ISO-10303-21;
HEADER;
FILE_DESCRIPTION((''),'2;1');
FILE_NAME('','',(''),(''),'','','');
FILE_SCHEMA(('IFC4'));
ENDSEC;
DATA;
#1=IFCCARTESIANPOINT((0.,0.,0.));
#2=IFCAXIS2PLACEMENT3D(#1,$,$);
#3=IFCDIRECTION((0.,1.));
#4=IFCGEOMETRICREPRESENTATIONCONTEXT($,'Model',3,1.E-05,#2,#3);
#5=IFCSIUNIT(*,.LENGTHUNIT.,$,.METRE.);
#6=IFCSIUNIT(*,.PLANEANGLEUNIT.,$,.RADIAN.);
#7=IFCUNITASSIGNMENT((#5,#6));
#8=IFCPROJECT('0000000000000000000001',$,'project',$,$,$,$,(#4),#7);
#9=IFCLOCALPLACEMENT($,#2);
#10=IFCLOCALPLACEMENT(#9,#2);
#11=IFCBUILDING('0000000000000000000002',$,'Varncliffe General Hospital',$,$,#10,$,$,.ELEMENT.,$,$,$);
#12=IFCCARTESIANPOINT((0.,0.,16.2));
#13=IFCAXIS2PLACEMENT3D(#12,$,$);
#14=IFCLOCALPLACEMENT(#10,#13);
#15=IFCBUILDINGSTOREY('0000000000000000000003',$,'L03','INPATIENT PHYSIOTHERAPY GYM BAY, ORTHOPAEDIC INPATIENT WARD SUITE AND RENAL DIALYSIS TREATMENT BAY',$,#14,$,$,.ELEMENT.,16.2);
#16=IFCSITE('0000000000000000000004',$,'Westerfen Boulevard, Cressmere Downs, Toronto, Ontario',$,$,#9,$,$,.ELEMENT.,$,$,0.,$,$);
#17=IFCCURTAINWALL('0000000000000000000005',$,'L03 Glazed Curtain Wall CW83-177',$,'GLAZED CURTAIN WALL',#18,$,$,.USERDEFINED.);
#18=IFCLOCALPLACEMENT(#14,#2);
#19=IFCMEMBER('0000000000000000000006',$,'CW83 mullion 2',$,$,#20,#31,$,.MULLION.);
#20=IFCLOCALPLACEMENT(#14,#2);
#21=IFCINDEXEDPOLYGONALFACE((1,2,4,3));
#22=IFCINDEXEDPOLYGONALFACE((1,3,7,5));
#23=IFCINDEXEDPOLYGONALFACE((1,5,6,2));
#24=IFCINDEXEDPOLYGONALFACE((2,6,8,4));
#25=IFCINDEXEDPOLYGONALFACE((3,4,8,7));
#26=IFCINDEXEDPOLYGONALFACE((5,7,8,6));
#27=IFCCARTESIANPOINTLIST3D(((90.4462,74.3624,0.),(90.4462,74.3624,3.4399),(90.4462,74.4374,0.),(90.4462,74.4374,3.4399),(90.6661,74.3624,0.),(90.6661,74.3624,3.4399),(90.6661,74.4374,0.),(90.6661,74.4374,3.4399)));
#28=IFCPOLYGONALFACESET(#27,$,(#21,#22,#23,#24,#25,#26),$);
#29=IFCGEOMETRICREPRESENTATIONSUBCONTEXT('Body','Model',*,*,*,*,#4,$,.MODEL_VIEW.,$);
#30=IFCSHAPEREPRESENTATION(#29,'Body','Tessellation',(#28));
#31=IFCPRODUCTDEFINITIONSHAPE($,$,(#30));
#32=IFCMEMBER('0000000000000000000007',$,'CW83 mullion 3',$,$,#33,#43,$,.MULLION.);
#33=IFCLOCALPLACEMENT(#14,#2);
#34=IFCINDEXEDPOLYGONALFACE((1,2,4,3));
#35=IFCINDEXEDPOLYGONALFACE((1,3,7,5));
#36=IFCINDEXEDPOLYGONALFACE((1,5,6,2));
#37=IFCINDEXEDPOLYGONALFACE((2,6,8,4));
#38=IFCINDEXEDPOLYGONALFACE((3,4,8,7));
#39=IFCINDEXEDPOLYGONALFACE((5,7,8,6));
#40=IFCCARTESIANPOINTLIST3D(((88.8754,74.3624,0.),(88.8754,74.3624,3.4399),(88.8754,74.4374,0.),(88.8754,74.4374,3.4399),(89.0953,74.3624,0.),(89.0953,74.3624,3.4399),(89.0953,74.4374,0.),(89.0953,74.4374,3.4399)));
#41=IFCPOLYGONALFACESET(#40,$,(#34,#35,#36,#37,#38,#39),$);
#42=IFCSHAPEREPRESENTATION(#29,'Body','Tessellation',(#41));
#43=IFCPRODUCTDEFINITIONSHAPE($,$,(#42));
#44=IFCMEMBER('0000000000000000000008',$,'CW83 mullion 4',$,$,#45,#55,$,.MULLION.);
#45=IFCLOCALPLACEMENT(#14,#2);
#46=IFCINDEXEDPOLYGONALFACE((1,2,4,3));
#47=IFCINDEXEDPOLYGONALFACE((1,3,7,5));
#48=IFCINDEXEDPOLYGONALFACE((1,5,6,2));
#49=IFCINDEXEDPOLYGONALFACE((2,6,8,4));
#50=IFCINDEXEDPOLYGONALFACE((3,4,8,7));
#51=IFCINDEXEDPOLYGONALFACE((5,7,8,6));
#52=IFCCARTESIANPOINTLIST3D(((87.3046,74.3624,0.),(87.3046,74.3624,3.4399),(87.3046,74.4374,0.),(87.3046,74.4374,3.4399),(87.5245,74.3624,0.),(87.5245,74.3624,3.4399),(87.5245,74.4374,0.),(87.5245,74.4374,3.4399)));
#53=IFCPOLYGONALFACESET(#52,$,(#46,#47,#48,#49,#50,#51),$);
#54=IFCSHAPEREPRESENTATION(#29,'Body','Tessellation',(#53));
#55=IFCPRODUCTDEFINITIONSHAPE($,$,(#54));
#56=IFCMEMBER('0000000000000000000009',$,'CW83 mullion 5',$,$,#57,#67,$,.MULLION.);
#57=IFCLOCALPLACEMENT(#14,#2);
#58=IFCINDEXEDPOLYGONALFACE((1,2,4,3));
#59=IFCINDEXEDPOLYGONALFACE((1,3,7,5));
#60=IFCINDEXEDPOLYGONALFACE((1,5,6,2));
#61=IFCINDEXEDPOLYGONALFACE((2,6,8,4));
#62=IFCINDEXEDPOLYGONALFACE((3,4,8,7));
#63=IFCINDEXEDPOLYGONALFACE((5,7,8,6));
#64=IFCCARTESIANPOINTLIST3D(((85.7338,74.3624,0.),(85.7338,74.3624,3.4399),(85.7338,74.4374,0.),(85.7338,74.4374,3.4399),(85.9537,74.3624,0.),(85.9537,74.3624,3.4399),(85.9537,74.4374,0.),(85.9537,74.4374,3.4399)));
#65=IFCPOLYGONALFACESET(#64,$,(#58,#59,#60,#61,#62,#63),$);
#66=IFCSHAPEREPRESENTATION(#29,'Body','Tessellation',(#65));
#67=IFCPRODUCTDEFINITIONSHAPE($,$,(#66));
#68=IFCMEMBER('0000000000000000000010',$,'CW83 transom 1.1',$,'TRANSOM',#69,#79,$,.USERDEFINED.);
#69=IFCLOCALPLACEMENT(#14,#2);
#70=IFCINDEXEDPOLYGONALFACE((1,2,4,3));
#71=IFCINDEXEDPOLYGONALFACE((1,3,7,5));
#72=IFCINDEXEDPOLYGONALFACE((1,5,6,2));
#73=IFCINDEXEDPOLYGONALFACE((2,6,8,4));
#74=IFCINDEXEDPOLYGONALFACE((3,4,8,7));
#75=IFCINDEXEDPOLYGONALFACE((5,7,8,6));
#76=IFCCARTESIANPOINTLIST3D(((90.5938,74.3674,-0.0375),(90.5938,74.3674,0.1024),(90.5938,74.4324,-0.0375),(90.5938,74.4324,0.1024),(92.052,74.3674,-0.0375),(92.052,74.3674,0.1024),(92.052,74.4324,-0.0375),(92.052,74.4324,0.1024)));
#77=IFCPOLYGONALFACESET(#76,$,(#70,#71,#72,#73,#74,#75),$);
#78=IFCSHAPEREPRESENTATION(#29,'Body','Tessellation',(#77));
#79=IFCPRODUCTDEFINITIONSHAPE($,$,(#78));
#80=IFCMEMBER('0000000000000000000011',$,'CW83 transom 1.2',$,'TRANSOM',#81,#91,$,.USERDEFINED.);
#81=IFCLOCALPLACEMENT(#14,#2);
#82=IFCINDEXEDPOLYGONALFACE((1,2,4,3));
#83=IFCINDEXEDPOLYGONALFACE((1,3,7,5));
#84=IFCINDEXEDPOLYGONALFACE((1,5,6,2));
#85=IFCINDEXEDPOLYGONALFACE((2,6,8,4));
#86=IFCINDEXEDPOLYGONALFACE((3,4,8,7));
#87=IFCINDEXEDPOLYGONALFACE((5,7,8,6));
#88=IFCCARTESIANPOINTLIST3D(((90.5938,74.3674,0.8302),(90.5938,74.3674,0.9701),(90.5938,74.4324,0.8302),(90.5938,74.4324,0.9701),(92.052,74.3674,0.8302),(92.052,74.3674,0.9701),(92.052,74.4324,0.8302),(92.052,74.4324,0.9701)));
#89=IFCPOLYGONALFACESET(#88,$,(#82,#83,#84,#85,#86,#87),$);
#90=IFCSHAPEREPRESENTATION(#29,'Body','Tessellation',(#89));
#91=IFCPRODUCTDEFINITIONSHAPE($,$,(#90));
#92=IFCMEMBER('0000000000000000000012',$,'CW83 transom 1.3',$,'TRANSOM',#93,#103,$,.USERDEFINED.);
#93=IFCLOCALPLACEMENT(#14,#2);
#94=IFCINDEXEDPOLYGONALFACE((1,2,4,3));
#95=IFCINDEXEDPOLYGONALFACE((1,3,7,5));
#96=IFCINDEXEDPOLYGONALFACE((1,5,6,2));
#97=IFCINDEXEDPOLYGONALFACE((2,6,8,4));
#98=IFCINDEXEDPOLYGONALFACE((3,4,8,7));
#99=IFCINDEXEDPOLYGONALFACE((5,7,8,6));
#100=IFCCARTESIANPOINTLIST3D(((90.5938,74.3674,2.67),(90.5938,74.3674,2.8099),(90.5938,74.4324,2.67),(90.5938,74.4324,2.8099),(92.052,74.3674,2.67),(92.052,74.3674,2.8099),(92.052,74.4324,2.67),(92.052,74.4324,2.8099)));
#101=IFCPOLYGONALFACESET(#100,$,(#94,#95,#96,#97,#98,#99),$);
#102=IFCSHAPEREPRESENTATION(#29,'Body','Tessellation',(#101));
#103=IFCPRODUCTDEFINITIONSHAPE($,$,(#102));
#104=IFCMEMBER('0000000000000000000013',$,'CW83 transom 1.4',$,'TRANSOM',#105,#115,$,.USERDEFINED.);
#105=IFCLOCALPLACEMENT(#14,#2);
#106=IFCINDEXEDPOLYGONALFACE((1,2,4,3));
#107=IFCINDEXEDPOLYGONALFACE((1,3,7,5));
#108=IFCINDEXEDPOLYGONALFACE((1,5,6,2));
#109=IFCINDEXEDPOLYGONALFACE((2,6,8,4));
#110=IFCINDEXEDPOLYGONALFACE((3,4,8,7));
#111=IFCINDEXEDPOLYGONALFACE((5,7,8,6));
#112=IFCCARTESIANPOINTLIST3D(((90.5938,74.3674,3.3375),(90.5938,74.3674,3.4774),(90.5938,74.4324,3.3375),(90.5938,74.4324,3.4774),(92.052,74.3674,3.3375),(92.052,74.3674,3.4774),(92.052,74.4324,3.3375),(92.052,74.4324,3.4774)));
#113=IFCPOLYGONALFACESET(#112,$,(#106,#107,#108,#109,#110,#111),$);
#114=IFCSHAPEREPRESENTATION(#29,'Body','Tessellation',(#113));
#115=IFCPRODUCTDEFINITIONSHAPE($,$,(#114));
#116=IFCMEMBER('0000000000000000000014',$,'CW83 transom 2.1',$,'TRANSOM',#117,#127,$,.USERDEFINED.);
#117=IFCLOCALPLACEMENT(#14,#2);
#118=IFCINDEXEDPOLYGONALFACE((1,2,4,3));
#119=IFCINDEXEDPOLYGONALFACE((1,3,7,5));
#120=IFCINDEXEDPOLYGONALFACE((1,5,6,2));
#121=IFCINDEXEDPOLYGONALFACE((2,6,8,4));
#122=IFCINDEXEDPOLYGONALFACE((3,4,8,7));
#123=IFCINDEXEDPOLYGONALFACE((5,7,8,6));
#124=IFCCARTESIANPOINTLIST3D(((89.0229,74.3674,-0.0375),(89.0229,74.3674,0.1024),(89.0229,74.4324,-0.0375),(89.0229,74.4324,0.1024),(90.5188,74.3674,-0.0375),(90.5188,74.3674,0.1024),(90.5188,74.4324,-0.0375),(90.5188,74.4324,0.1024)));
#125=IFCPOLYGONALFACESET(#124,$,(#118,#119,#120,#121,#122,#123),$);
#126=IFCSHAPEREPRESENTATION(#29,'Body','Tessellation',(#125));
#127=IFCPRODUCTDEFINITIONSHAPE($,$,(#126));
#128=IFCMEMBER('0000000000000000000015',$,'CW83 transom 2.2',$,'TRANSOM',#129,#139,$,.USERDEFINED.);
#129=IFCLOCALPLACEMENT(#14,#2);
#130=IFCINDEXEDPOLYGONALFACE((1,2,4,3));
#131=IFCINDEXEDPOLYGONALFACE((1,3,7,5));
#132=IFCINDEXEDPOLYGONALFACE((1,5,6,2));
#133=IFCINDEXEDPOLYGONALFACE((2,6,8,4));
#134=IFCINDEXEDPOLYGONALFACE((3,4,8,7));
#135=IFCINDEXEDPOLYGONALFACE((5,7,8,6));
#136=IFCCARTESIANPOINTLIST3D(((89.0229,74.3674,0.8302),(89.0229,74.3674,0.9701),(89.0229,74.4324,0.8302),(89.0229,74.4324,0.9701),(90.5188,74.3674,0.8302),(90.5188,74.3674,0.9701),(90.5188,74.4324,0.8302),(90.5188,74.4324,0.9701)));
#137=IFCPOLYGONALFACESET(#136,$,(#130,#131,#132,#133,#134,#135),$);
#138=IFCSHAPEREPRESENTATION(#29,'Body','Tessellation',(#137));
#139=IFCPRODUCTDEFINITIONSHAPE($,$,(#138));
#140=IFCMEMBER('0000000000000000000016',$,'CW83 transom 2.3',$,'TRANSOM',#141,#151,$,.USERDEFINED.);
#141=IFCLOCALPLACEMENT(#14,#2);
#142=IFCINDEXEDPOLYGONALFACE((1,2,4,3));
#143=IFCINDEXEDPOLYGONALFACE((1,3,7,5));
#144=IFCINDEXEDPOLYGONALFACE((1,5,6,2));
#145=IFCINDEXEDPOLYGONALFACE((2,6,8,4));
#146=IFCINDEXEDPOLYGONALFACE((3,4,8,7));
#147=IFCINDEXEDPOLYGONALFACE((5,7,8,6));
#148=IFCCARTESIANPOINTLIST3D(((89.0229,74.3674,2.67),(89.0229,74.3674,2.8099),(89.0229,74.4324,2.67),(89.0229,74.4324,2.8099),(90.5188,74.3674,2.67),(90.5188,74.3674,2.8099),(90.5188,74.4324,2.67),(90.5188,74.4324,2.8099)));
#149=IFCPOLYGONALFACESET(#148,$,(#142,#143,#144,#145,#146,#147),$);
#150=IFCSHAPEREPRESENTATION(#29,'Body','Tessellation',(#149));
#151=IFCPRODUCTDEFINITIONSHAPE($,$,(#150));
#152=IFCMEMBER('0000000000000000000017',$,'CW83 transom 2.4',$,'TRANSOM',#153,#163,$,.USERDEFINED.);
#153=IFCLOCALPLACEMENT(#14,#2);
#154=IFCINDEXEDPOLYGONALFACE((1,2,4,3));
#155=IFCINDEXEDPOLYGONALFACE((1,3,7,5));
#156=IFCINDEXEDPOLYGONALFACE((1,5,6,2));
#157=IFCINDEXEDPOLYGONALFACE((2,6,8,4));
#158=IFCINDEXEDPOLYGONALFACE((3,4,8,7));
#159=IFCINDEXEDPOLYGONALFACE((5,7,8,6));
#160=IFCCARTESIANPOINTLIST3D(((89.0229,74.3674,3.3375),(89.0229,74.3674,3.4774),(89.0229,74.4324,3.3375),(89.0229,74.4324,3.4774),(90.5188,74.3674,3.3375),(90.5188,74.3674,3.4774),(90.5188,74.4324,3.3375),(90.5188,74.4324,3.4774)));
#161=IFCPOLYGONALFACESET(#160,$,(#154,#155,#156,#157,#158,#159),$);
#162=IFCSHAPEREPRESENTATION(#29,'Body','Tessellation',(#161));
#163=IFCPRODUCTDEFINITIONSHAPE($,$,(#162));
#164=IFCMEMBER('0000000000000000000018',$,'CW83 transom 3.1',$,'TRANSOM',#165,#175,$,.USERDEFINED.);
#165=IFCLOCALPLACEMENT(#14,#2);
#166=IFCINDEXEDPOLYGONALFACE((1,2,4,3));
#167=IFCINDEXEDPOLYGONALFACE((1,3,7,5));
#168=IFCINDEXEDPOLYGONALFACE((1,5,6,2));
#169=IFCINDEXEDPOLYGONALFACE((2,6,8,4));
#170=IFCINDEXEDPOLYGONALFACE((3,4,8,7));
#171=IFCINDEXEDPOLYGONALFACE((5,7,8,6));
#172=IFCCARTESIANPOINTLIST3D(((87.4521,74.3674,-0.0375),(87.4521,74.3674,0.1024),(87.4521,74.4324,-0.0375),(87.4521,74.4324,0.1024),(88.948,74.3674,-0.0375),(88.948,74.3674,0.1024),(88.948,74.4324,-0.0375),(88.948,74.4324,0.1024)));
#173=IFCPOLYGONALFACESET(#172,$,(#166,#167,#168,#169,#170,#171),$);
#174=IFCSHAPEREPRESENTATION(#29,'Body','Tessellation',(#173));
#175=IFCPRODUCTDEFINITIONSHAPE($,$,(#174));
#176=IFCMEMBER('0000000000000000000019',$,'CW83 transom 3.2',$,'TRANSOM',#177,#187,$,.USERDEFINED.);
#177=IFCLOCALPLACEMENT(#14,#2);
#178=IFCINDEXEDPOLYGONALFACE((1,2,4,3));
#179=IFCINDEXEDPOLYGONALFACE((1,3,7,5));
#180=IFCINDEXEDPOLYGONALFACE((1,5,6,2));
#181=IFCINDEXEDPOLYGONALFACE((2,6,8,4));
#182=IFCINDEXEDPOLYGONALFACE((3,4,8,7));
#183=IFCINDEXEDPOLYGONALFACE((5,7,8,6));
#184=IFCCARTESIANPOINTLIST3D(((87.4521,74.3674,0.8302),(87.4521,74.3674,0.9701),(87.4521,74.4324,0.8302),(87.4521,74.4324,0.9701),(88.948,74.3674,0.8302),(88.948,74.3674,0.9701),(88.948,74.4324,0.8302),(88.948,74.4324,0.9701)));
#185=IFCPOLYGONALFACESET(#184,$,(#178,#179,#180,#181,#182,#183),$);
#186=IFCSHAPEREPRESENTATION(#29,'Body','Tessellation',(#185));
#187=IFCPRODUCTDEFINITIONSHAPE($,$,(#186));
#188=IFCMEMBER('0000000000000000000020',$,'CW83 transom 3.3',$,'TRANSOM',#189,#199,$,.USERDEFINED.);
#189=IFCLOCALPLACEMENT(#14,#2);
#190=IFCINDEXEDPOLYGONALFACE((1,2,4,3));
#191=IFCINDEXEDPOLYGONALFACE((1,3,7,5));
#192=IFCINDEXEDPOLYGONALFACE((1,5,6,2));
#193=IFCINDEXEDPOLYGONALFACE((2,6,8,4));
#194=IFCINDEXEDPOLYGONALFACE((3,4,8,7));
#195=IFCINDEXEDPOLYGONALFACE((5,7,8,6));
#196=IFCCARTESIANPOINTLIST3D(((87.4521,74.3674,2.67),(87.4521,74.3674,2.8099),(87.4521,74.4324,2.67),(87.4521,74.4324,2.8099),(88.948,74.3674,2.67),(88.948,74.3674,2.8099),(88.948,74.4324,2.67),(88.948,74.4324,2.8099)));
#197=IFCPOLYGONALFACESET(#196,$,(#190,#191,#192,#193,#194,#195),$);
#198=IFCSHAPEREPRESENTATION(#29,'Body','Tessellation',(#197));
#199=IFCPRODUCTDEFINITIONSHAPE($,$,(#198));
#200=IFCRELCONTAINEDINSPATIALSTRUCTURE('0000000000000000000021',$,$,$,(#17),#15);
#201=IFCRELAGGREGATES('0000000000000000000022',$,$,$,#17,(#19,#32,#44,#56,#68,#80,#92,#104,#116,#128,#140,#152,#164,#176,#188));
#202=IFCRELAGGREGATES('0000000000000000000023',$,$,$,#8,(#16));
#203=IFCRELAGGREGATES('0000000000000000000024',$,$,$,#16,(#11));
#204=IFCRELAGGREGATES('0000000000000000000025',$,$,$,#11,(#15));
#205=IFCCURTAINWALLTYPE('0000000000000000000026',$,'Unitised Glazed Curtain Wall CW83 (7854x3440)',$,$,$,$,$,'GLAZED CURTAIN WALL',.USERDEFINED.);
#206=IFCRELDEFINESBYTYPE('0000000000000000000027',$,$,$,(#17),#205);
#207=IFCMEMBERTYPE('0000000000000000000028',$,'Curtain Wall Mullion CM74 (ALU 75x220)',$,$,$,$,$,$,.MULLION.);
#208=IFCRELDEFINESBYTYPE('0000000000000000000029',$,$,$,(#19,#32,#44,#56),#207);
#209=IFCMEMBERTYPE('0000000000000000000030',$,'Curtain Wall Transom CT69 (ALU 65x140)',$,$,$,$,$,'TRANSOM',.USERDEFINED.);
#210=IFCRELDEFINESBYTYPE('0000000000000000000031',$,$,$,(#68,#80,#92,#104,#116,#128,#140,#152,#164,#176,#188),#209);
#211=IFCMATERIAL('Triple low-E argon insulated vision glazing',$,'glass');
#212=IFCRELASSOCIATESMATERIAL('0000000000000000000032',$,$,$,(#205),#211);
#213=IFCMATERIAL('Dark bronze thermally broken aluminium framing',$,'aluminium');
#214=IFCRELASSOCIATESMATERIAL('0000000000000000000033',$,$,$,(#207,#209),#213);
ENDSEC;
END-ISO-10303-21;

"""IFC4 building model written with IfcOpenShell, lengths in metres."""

from ifc_helpers import new_model, si_unit, direction, frame, origin, origin_2d, place, context, subcontext, project, spatial, rectangle, extrude, material, material_profile, profile_set, type_object, element, aggregate, save


model = new_model("IFC4")

# Units and contexts
model_context = context("Model", 3, precision=1e-05, world=origin(), true_north=direction((0.0, 1.0)))
body_context = subcontext(model_context, "Body", "Model", "MODEL_VIEW")
ifc_project = project(units=[si_unit("LENGTHUNIT", "METRE"), si_unit("PLANEANGLEUNIT", "RADIAN")], contexts=[model_context])

# Site, building, storey
site_placement = place(None, origin())
site = spatial("IfcSite", under=ifc_project, at=site_placement, Name="Westerfen Boulevard, Cressmere Downs, Toronto, Ontario", CompositionType="ELEMENT", RefElevation=0.0)
building_placement = place(site_placement, origin())
building = spatial("IfcBuilding", under=site, at=building_placement, Name="Varncliffe General Hospital", CompositionType="ELEMENT")
storey_placement = place(building_placement, frame((0.0, 0.0, 16.2)))
storey = spatial("IfcBuildingStorey", under=building, at=storey_placement, Name="L03", Description="INPATIENT PHYSIOTHERAPY GYM BAY, ORTHOPAEDIC INPATIENT WARD SUITE AND RENAL DIALYSIS TREATMENT BAY", CompositionType="ELEMENT", Elevation=16.2)

# Curtain wall, members
ifc_material_1 = material(Name="Triple low-E argon insulated vision glazing", Category="glass")
curtain_wall_type = type_object("IfcCurtainWallType", Name="Unitised Glazed Curtain Wall CW83 (7854x3440)", ElementType="GLAZED CURTAIN WALL", PredefinedType="USERDEFINED", material=ifc_material_1)
curtain_wall_placement = place(storey_placement, origin())
curtain_wall = element("IfcCurtainWall", 1, at=curtain_wall_placement, inside=storey, type_object=curtain_wall_type, Name="L03 Glazed Curtain Wall CW83-177", ObjectType="GLAZED CURTAIN WALL", PredefinedType="USERDEFINED")
ifc_material_2 = material(Name="Dark bronze thermally broken aluminium framing", Category="aluminium")
ifc_material_profile_1 = material_profile(ifc_material_2, rectangle(XDim=0.075, YDim=0.22, at=origin_2d()), Name="ALU 75x220")
ifc_profile_set_1 = profile_set([ifc_material_profile_1], Name="Dark bronze thermally broken aluminium framing")
member_type_1 = type_object("IfcMemberType", Name="Curtain Wall Mullion CM74 (ALU 75x220)", PredefinedType="MULLION", material=ifc_profile_set_1)
member_1_placement = place(storey_placement, frame((90.5562, 74.3999, 0.0), z_axis=(0.0, 0.0, 1.0), x_axis=(0.0, -1.0, 0.0)))
member_1 = element("IfcMember", 2, at=member_1_placement, type_object=member_type_1, Name="CW83 mullion 2", PredefinedType="MULLION", context=body_context, shape_type="SweptSolid", body=[
    extrude(rectangle(XDim=0.075, YDim=0.22, at=origin_2d()), origin(), (0.0, 0.0, 1.0), 3.4399),
])
member_2_placement = place(storey_placement, frame((88.9854, 74.3999, 0.0), z_axis=(0.0, 0.0, 1.0), x_axis=(0.0, -1.0, 0.0)))
member_2 = element("IfcMember", 3, at=member_2_placement, type_object=member_type_1, Name="CW83 mullion 3", PredefinedType="MULLION", context=body_context, shape_type="SweptSolid", body=[
    extrude(rectangle(XDim=0.075, YDim=0.22, at=origin_2d()), origin(), (0.0, 0.0, 1.0), 3.4399),
])
member_3_placement = place(storey_placement, frame((87.4146, 74.3999, 0.0), z_axis=(0.0, 0.0, 1.0), x_axis=(0.0, -1.0, 0.0)))
member_3 = element("IfcMember", 4, at=member_3_placement, type_object=member_type_1, Name="CW83 mullion 4", PredefinedType="MULLION", context=body_context, shape_type="SweptSolid", body=[
    extrude(rectangle(XDim=0.075, YDim=0.22, at=origin_2d()), origin(), (0.0, 0.0, 1.0), 3.4399),
])
member_4_placement = place(storey_placement, frame((85.8438, 74.3999, 0.0), z_axis=(0.0, 0.0, 1.0), x_axis=(0.0, -1.0, 0.0)))
member_4 = element("IfcMember", 5, at=member_4_placement, type_object=member_type_1, Name="CW83 mullion 5", PredefinedType="MULLION", context=body_context, shape_type="SweptSolid", body=[
    extrude(rectangle(XDim=0.075, YDim=0.22, at=origin_2d()), origin(), (0.0, 0.0, 1.0), 3.4399),
])
ifc_material_profile_2 = material_profile(ifc_material_2, rectangle(XDim=0.0649, YDim=0.1399, at=origin_2d()), Name="ALU 65x140")
ifc_profile_set_2 = profile_set([ifc_material_profile_2], Name="Dark bronze thermally broken aluminium framing")
member_type_2 = type_object("IfcMemberType", Name="Curtain Wall Transom CT69 (ALU 65x140)", ElementType="TRANSOM", PredefinedType="USERDEFINED", material=ifc_profile_set_2)
member_5_placement = place(storey_placement, frame((92.052, 74.3999, 0.0325), z_axis=(-1.0, 0.0, 0.0), x_axis=(0.0, -1.0, 0.0)))
member_5 = element("IfcMember", 6, at=member_5_placement, type_object=member_type_2, Name="CW83 transom 1.1", ObjectType="TRANSOM", PredefinedType="USERDEFINED", context=body_context, shape_type="SweptSolid", body=[
    extrude(rectangle(XDim=0.0649, YDim=0.1399, at=origin_2d()), origin(), (0.0, 0.0, 1.0), 1.4583),
])
member_6_placement = place(storey_placement, frame((92.052, 74.3999, 0.9001), z_axis=(-1.0, 0.0, 0.0), x_axis=(0.0, -1.0, 0.0)))
member_6 = element("IfcMember", 7, at=member_6_placement, type_object=member_type_2, Name="CW83 transom 1.2", ObjectType="TRANSOM", PredefinedType="USERDEFINED", context=body_context, shape_type="SweptSolid", body=[
    extrude(rectangle(XDim=0.0649, YDim=0.1399, at=origin_2d()), origin(), (0.0, 0.0, 1.0), 1.4583),
])
member_7_placement = place(storey_placement, frame((92.052, 74.3999, 2.74), z_axis=(-1.0, 0.0, 0.0), x_axis=(0.0, -1.0, 0.0)))
member_7 = element("IfcMember", 8, at=member_7_placement, type_object=member_type_2, Name="CW83 transom 1.3", ObjectType="TRANSOM", PredefinedType="USERDEFINED", context=body_context, shape_type="SweptSolid", body=[
    extrude(rectangle(XDim=0.0649, YDim=0.1399, at=origin_2d()), origin(), (0.0, 0.0, 1.0), 1.4583),
])
member_8_placement = place(storey_placement, frame((92.052, 74.3999, 3.4075), z_axis=(-1.0, 0.0, 0.0), x_axis=(0.0, -1.0, 0.0)))
member_8 = element("IfcMember", 9, at=member_8_placement, type_object=member_type_2, Name="CW83 transom 1.4", ObjectType="TRANSOM", PredefinedType="USERDEFINED", context=body_context, shape_type="SweptSolid", body=[
    extrude(rectangle(XDim=0.0649, YDim=0.1399, at=origin_2d()), origin(), (0.0, 0.0, 1.0), 1.4583),
])
member_9_placement = place(storey_placement, frame((90.5188, 74.3999, 0.0325), z_axis=(-1.0, 0.0, 0.0), x_axis=(0.0, -1.0, 0.0)))
member_9 = element("IfcMember", 10, at=member_9_placement, type_object=member_type_2, Name="CW83 transom 2.1", ObjectType="TRANSOM", PredefinedType="USERDEFINED", context=body_context, shape_type="SweptSolid", body=[
    extrude(rectangle(XDim=0.0649, YDim=0.1399, at=origin_2d()), origin(), (0.0, 0.0, 1.0), 1.4958),
])
member_10_placement = place(storey_placement, frame((90.5188, 74.3999, 0.9001), z_axis=(-1.0, 0.0, 0.0), x_axis=(0.0, -1.0, 0.0)))
member_10 = element("IfcMember", 11, at=member_10_placement, type_object=member_type_2, Name="CW83 transom 2.2", ObjectType="TRANSOM", PredefinedType="USERDEFINED", context=body_context, shape_type="SweptSolid", body=[
    extrude(rectangle(XDim=0.0649, YDim=0.1399, at=origin_2d()), origin(), (0.0, 0.0, 1.0), 1.4958),
])
member_11_placement = place(storey_placement, frame((90.5188, 74.3999, 2.74), z_axis=(-1.0, 0.0, 0.0), x_axis=(0.0, -1.0, 0.0)))
member_11 = element("IfcMember", 12, at=member_11_placement, type_object=member_type_2, Name="CW83 transom 2.3", ObjectType="TRANSOM", PredefinedType="USERDEFINED", context=body_context, shape_type="SweptSolid", body=[
    extrude(rectangle(XDim=0.0649, YDim=0.1399, at=origin_2d()), origin(), (0.0, 0.0, 1.0), 1.4958),
])
member_12_placement = place(storey_placement, frame((90.5188, 74.3999, 3.4075), z_axis=(-1.0, 0.0, 0.0), x_axis=(0.0, -1.0, 0.0)))
member_12 = element("IfcMember", 13, at=member_12_placement, type_object=member_type_2, Name="CW83 transom 2.4", ObjectType="TRANSOM", PredefinedType="USERDEFINED", context=body_context, shape_type="SweptSolid", body=[
    extrude(rectangle(XDim=0.0649, YDim=0.1399, at=origin_2d()), origin(), (0.0, 0.0, 1.0), 1.4958),
])
member_13_placement = place(storey_placement, frame((88.948, 74.3999, 0.0325), z_axis=(-1.0, 0.0, 0.0), x_axis=(0.0, -1.0, 0.0)))
member_13 = element("IfcMember", 14, at=member_13_placement, type_object=member_type_2, Name="CW83 transom 3.1", ObjectType="TRANSOM", PredefinedType="USERDEFINED", context=body_context, shape_type="SweptSolid", body=[
    extrude(rectangle(XDim=0.0649, YDim=0.1399, at=origin_2d()), origin(), (0.0, 0.0, 1.0), 1.4958),
])
member_14_placement = place(storey_placement, frame((88.948, 74.3999, 0.9001), z_axis=(-1.0, 0.0, 0.0), x_axis=(0.0, -1.0, 0.0)))
member_14 = element("IfcMember", 15, at=member_14_placement, type_object=member_type_2, Name="CW83 transom 3.2", ObjectType="TRANSOM", PredefinedType="USERDEFINED", context=body_context, shape_type="SweptSolid", body=[
    extrude(rectangle(XDim=0.0649, YDim=0.1399, at=origin_2d()), origin(), (0.0, 0.0, 1.0), 1.4958),
])
member_15_placement = place(storey_placement, frame((88.948, 74.3999, 2.74), z_axis=(-1.0, 0.0, 0.0), x_axis=(0.0, -1.0, 0.0)))
member_15 = element("IfcMember", 16, at=member_15_placement, type_object=member_type_2, Name="CW83 transom 3.3", ObjectType="TRANSOM", PredefinedType="USERDEFINED", context=body_context, shape_type="SweptSolid", body=[
    extrude(rectangle(XDim=0.0649, YDim=0.1399, at=origin_2d()), origin(), (0.0, 0.0, 1.0), 1.4958),
])
aggregate(curtain_wall, [member_1, member_2, member_3, member_4, member_5, member_6, member_7, member_8, member_9, member_10, member_11, member_12, member_13, member_14, member_15])

save(model, "model.ifc")
